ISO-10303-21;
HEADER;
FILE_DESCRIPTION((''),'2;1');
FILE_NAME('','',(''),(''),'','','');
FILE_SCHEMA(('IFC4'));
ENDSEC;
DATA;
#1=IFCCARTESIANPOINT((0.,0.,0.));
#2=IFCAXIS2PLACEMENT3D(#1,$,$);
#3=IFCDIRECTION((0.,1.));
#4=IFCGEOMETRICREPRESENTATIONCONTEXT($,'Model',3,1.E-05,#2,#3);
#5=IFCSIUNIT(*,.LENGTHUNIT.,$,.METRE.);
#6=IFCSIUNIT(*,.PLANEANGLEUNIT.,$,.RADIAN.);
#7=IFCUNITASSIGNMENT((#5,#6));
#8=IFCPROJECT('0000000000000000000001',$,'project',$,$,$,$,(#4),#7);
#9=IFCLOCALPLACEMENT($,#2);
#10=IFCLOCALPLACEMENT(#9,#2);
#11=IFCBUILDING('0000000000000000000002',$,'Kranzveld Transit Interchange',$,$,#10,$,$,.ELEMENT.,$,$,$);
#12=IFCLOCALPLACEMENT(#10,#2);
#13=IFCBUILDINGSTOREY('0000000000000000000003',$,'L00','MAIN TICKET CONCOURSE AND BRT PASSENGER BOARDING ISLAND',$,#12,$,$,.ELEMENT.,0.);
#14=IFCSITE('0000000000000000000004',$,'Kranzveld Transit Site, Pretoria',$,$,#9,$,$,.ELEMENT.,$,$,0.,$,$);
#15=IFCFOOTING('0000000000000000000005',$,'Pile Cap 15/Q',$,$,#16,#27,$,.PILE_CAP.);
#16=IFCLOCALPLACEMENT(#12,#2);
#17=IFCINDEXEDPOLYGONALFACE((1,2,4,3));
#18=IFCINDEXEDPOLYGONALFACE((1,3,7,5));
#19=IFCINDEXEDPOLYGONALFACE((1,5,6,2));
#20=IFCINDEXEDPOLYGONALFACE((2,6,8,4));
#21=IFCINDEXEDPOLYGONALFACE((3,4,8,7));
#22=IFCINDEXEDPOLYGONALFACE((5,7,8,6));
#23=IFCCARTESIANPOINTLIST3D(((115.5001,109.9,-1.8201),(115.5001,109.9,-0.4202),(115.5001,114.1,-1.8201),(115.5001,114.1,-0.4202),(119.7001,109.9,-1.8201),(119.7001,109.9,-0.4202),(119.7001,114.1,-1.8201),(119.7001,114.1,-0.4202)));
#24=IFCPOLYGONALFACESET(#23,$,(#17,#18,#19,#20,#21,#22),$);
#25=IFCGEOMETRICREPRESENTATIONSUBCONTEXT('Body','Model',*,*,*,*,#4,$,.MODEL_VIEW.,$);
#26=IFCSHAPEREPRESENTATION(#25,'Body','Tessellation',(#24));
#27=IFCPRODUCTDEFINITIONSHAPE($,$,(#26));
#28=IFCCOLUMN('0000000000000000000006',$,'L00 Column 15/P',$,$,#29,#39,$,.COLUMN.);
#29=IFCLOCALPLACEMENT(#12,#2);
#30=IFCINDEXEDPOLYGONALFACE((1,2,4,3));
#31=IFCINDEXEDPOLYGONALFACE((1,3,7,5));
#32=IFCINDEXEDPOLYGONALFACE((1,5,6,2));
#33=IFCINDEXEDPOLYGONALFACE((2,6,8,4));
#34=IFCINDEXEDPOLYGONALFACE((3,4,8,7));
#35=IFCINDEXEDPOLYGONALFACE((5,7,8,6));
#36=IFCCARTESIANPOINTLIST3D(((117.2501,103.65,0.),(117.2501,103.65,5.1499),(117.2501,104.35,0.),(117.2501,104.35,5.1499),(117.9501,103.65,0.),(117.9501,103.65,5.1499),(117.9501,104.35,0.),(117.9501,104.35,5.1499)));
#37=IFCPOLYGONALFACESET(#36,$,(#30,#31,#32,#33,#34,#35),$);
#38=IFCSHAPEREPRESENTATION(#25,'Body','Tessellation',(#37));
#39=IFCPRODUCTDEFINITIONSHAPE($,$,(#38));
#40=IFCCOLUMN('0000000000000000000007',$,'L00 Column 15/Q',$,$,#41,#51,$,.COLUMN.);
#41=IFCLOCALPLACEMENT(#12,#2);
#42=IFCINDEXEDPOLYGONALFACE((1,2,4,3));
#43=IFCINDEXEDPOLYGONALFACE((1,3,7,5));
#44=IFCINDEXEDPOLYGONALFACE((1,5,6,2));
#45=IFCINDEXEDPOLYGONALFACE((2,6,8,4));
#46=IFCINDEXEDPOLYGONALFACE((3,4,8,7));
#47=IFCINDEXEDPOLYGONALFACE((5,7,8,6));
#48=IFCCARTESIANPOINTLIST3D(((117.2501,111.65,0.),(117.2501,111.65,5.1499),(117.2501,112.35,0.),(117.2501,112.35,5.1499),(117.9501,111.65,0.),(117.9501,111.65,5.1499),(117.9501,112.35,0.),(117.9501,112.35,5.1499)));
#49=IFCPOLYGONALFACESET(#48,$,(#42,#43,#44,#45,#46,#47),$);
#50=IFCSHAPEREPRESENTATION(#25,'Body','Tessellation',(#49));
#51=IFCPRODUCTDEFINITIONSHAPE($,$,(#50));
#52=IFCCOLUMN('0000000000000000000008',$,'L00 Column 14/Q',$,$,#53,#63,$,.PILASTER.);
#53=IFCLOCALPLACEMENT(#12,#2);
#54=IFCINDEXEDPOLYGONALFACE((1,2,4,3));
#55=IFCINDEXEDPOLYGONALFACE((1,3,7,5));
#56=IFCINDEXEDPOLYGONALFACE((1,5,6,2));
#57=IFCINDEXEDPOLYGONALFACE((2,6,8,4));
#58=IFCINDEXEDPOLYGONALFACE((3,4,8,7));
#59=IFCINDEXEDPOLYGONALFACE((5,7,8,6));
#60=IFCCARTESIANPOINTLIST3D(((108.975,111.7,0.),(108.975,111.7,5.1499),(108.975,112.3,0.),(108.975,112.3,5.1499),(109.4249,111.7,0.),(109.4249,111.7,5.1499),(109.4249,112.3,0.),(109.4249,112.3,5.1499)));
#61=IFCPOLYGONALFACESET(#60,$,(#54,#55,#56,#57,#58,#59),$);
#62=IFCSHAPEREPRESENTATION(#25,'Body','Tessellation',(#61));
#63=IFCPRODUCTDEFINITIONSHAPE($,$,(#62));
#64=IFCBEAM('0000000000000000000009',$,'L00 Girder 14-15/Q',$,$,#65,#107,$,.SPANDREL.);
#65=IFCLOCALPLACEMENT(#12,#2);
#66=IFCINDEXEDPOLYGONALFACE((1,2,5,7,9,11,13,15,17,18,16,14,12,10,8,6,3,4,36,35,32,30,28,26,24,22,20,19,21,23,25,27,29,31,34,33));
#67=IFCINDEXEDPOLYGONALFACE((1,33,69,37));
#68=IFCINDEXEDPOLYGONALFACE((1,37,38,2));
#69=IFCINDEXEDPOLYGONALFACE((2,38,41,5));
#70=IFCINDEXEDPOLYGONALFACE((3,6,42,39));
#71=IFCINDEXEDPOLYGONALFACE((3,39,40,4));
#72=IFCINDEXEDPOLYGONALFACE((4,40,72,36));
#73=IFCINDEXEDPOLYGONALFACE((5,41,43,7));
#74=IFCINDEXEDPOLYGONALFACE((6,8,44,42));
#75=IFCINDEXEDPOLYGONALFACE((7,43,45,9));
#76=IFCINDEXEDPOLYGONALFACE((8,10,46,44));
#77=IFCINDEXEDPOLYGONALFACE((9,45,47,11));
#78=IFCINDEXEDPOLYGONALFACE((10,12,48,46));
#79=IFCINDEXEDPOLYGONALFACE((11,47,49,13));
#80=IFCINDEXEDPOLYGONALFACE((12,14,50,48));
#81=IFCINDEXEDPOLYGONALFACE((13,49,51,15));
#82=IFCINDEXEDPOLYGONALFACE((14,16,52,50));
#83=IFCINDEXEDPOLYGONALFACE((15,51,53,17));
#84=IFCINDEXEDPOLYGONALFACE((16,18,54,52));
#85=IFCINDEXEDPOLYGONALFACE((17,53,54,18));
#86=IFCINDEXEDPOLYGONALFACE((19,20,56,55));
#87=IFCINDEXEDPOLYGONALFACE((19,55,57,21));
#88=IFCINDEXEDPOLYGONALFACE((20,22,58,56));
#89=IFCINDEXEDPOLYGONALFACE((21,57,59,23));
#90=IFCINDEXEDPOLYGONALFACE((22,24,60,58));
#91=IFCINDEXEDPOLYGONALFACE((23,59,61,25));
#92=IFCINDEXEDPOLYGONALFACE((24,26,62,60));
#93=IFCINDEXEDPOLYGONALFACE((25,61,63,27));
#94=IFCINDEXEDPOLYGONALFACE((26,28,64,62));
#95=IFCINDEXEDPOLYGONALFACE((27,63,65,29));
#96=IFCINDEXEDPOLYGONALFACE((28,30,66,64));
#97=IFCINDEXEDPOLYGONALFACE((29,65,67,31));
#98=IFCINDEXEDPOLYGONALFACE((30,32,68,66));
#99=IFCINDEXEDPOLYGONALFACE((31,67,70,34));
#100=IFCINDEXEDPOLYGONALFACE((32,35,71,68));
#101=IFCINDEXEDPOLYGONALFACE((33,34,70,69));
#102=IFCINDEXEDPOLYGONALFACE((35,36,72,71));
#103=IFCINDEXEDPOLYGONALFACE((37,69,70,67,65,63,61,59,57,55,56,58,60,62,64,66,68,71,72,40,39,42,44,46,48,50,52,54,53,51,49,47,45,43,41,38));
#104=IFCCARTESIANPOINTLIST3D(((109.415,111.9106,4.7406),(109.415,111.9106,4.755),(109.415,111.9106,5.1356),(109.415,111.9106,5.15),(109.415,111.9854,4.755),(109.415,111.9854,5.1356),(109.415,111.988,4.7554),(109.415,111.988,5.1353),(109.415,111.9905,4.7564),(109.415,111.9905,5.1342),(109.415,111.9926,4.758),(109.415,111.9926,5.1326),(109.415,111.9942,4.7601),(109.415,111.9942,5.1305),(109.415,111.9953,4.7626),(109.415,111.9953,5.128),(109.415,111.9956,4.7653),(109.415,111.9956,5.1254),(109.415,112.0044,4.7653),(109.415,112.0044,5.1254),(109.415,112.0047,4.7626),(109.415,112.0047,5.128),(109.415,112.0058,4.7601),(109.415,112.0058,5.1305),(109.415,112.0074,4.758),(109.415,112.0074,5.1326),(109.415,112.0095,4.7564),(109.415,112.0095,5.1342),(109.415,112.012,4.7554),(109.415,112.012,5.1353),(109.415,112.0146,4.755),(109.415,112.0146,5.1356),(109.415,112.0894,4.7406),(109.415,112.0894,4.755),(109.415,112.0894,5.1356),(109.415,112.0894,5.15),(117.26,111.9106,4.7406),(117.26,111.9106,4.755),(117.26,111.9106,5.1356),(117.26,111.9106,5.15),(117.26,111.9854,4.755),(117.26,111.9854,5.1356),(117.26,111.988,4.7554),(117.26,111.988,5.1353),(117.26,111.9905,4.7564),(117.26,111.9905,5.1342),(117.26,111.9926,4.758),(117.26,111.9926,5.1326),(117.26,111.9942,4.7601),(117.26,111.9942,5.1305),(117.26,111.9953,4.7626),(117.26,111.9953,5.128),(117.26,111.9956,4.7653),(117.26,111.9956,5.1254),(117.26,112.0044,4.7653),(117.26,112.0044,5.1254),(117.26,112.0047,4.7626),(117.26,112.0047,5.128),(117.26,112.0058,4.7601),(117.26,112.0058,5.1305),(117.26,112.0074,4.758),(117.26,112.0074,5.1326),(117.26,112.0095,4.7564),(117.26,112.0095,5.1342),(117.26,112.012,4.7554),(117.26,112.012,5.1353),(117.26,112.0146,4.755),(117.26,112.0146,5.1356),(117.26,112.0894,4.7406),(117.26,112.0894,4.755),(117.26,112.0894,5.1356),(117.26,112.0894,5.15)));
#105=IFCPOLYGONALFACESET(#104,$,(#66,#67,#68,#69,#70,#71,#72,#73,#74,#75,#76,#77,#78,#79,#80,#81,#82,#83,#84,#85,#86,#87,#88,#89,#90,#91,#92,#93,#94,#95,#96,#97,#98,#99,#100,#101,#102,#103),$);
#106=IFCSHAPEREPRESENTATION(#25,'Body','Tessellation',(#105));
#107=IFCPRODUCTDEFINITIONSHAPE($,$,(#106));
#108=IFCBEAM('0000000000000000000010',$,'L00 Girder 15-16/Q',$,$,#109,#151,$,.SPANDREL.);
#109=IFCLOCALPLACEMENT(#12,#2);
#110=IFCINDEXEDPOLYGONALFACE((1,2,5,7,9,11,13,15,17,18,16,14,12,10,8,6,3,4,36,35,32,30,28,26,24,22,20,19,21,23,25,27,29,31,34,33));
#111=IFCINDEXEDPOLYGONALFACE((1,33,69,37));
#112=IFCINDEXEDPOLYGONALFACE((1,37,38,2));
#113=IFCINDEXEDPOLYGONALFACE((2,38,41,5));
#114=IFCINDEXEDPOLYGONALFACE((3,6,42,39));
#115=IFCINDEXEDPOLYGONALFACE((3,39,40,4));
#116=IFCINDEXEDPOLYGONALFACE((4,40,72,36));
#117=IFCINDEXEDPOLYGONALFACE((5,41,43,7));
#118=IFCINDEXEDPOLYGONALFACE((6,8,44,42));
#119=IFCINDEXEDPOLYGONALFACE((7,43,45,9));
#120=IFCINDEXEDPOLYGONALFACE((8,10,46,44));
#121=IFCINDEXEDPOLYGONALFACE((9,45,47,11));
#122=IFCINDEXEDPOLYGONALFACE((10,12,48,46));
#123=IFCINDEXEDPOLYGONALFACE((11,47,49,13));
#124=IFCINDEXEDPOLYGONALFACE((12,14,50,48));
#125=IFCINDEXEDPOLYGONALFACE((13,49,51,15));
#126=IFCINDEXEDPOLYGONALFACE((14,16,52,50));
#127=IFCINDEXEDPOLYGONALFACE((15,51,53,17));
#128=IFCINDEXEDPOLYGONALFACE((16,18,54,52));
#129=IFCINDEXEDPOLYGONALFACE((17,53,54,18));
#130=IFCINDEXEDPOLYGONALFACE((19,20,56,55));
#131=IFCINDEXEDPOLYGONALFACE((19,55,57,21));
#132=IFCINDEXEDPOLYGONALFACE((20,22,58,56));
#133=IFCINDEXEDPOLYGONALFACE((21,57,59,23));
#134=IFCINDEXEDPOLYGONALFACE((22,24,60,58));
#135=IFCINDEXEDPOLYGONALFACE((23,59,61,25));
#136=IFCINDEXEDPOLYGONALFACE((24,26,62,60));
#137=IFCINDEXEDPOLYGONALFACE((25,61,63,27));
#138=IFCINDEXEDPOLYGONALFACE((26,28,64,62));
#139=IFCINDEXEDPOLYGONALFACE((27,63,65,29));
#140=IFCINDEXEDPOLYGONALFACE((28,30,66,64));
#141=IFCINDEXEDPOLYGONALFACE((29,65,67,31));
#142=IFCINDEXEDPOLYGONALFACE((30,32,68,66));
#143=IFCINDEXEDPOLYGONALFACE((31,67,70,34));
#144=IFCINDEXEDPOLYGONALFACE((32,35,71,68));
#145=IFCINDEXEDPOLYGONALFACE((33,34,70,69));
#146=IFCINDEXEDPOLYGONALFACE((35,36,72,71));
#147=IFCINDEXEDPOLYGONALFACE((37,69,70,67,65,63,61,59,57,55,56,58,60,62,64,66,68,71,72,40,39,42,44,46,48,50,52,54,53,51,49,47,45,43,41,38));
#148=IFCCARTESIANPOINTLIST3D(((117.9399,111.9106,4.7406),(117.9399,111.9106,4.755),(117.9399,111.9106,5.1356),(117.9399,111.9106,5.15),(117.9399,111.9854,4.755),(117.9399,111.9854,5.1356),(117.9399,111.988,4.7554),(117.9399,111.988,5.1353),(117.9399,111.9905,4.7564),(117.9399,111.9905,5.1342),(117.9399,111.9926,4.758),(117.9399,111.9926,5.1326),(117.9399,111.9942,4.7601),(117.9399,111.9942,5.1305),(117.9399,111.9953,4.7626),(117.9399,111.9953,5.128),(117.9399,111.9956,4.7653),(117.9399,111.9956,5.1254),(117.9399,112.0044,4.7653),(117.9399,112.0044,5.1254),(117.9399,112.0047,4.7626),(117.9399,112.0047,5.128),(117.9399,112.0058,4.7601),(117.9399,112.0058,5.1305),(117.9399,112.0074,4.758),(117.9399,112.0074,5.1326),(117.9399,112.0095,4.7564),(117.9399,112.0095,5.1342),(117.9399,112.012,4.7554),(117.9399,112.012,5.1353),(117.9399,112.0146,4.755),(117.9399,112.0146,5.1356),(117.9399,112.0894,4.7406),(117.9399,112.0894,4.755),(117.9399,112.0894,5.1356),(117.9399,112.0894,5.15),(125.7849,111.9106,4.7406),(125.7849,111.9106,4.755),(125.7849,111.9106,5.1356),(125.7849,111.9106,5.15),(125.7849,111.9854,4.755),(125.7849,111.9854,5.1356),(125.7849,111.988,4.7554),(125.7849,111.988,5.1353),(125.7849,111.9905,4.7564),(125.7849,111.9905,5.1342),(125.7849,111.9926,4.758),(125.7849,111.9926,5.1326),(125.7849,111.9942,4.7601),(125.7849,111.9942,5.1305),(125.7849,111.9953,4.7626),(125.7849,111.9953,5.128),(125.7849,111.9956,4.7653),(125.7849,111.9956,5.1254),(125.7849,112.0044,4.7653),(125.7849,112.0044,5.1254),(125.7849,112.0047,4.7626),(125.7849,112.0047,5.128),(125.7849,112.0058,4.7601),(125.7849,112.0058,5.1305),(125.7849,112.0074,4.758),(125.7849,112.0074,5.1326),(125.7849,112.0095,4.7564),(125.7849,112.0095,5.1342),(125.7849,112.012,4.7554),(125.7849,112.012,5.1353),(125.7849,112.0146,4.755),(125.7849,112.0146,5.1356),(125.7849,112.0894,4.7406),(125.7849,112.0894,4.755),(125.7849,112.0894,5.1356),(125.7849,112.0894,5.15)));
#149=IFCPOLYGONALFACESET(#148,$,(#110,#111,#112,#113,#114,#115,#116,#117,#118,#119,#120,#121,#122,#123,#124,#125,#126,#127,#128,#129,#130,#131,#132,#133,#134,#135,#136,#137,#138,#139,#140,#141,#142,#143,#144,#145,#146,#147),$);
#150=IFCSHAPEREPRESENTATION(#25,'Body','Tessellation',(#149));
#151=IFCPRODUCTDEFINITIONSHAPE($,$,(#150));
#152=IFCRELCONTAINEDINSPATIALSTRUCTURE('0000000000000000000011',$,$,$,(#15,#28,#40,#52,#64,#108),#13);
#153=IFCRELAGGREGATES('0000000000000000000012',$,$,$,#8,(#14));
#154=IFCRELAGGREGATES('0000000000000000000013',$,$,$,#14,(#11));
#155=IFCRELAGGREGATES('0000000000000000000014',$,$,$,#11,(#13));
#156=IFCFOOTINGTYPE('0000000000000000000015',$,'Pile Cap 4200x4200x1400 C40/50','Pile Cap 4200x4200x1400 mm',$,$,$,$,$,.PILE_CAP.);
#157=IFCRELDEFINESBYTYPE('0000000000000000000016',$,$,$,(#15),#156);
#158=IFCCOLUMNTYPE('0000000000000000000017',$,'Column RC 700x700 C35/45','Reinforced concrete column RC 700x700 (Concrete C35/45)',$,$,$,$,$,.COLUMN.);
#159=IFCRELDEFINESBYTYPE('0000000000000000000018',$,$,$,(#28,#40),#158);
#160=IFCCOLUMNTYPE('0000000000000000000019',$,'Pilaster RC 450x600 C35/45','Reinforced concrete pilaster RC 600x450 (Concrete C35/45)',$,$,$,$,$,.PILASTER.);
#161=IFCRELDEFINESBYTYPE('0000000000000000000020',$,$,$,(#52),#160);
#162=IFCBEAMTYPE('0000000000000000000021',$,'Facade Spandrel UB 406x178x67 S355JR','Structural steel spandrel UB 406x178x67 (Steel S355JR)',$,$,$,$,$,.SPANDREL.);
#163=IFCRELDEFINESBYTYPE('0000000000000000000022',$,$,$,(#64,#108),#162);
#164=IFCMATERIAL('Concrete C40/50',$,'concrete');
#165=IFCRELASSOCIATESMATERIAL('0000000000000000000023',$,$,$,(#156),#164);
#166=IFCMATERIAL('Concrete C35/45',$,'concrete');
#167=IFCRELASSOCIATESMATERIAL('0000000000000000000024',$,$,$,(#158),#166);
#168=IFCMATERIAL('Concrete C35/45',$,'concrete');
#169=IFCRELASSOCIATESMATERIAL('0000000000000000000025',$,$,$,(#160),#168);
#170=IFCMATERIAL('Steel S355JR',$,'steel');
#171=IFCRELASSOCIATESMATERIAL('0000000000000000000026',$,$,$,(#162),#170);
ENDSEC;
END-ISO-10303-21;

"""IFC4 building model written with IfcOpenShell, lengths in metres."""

from ifc_helpers import new_model, si_unit, direction, frame, origin, origin_2d, place, context, subcontext, project, spatial, rectangle, i_section, extrude, material, material_profile, profile_set, type_object, element, save


model = new_model("IFC4")

# Units and contexts
model_context = context("Model", 3, precision=1e-05, world=origin(), true_north=direction((0.0, 1.0)))
body_context = subcontext(model_context, "Body", "Model", "MODEL_VIEW")
ifc_project = project(units=[si_unit("LENGTHUNIT", "METRE"), si_unit("PLANEANGLEUNIT", "RADIAN")], contexts=[model_context])

# Site, building, storey
site_placement = place(None, origin())
site = spatial("IfcSite", under=ifc_project, at=site_placement, Name="Kranzveld Transit Site, Pretoria", CompositionType="ELEMENT", RefElevation=0.0)
building_placement = place(site_placement, origin())
building = spatial("IfcBuilding", under=site, at=building_placement, Name="Kranzveld Transit Interchange", CompositionType="ELEMENT")
storey_placement = place(building_placement, origin())
storey = spatial("IfcBuildingStorey", under=building, at=storey_placement, Name="L00", Description="MAIN TICKET CONCOURSE AND BRT PASSENGER BOARDING ISLAND", CompositionType="ELEMENT", Elevation=0.0)

# Footing
ifc_material_1 = material(Name="Concrete C40/50", Category="concrete")
footing_type_1 = type_object("IfcFootingType", Name="Pile Cap 4200x4200x1400 C40/50", Description="Pile Cap 4200x4200x1400 mm", PredefinedType="PILE_CAP", material=ifc_material_1)
for number, where, z_axis, x_axis, name in (
    (1, (117.6001, 112.0, -1.8201), (0.0, 0.0, 1.0), (1.0, 0.0, 0.0), "Pile Cap 15/Q"),
):
    element("IfcFooting", number, at=place(storey_placement, frame(where, z_axis=z_axis, x_axis=x_axis)), inside=storey, type_object=footing_type_1, Name=name, PredefinedType="PILE_CAP", context=body_context, shape_type="SweptSolid", body=[
        extrude(rectangle(XDim=4.2, YDim=4.2, at=origin_2d()), origin(), (0.0, 0.0, 1.0), 1.3999),
    ])

# Columns
ifc_material_2 = material(Name="Concrete C35/45", Category="concrete")
ifc_material_profile_1 = material_profile(ifc_material_2, rectangle(XDim=0.7, YDim=0.7, at=origin_2d()), Name="RC 700x700")
ifc_profile_set_1 = profile_set([ifc_material_profile_1], Name="Concrete C35/45")
column_type_1 = type_object("IfcColumnType", Name="Column RC 700x700 C35/45", Description="Reinforced concrete column RC 700x700 (Concrete C35/45)", PredefinedType="COLUMN", material=ifc_profile_set_1)
for number, where, z_axis, x_axis, name in (
    (2, (117.6001, 104.0, 0.0), (0.0, 0.0, 1.0), (1.0, 0.0, 0.0), "L00 Column 15/P"),
    (3, (117.6001, 112.0, 0.0), (0.0, 0.0, 1.0), (1.0, 0.0, 0.0), "L00 Column 15/Q"),
):
    element("IfcColumn", number, at=place(storey_placement, frame(where, z_axis=z_axis, x_axis=x_axis)), inside=storey, type_object=column_type_1, Name=name, PredefinedType="COLUMN", context=body_context, shape_type="SweptSolid", body=[
        extrude(rectangle(XDim=0.7, YDim=0.7, at=origin_2d()), origin(), (0.0, 0.0, 1.0), 5.1499),
    ])
ifc_material_3 = material(Name="Concrete C35/45", Category="concrete")
ifc_material_profile_2 = material_profile(ifc_material_3, rectangle(XDim=0.45, YDim=0.6001, at=origin_2d()), Name="RC 600x450")
ifc_profile_set_2 = profile_set([ifc_material_profile_2], Name="Concrete C35/45")
column_type_2 = type_object("IfcColumnType", Name="Pilaster RC 450x600 C35/45", Description="Reinforced concrete pilaster RC 600x450 (Concrete C35/45)", PredefinedType="PILASTER", material=ifc_profile_set_2)
column_placement = place(storey_placement, frame((109.2, 112.0, 0.0), z_axis=(0.0, 0.0, 1.0), x_axis=(1.0, 0.0, 0.0)))
element("IfcColumn", 4, at=column_placement, inside=storey, type_object=column_type_2, Name="L00 Column 14/Q", PredefinedType="PILASTER", context=body_context, shape_type="SweptSolid", body=[
    extrude(rectangle(XDim=0.45, YDim=0.6001, at=origin_2d()), origin(), (0.0, 0.0, 1.0), 5.1499),
])

# Beams
ifc_material_4 = material(Name="Steel S355JR", Category="steel")
ifc_material_profile_3 = material_profile(ifc_material_4, i_section(OverallWidth=0.1787, OverallDepth=0.4094, WebThickness=0.0088, FlangeThickness=0.0144, FilletRadius=0.0103, at=origin_2d()), Name="UB 406x178x67")
ifc_profile_set_3 = profile_set([ifc_material_profile_3], Name="Steel S355JR")
beam_type_1 = type_object("IfcBeamType", Name="Facade Spandrel UB 406x178x67 S355JR", Description="Structural steel spandrel UB 406x178x67 (Steel S355JR)", PredefinedType="SPANDREL", material=ifc_profile_set_3)
for number, where, z_axis, x_axis, name in (
    (5, (109.415, 112.0, 4.9453), (1.0, 0.0, 0.0), (0.0, 1.0, 0.0), "L00 Girder 14-15/Q"),
    (6, (117.9399, 112.0, 4.9453), (1.0, 0.0, 0.0), (0.0, 1.0, 0.0), "L00 Girder 15-16/Q"),
):
    element("IfcBeam", number, at=place(storey_placement, frame(where, z_axis=z_axis, x_axis=x_axis)), inside=storey, type_object=beam_type_1, Name=name, PredefinedType="SPANDREL", context=body_context, shape_type="SweptSolid", body=[
        extrude(i_section(OverallWidth=0.1787, OverallDepth=0.4094, WebThickness=0.0088, FlangeThickness=0.0144, FilletRadius=0.0103, at=origin_2d()), origin(), (0.0, 0.0, 1.0), 7.845),
    ])

save(model, "model.ifc")
